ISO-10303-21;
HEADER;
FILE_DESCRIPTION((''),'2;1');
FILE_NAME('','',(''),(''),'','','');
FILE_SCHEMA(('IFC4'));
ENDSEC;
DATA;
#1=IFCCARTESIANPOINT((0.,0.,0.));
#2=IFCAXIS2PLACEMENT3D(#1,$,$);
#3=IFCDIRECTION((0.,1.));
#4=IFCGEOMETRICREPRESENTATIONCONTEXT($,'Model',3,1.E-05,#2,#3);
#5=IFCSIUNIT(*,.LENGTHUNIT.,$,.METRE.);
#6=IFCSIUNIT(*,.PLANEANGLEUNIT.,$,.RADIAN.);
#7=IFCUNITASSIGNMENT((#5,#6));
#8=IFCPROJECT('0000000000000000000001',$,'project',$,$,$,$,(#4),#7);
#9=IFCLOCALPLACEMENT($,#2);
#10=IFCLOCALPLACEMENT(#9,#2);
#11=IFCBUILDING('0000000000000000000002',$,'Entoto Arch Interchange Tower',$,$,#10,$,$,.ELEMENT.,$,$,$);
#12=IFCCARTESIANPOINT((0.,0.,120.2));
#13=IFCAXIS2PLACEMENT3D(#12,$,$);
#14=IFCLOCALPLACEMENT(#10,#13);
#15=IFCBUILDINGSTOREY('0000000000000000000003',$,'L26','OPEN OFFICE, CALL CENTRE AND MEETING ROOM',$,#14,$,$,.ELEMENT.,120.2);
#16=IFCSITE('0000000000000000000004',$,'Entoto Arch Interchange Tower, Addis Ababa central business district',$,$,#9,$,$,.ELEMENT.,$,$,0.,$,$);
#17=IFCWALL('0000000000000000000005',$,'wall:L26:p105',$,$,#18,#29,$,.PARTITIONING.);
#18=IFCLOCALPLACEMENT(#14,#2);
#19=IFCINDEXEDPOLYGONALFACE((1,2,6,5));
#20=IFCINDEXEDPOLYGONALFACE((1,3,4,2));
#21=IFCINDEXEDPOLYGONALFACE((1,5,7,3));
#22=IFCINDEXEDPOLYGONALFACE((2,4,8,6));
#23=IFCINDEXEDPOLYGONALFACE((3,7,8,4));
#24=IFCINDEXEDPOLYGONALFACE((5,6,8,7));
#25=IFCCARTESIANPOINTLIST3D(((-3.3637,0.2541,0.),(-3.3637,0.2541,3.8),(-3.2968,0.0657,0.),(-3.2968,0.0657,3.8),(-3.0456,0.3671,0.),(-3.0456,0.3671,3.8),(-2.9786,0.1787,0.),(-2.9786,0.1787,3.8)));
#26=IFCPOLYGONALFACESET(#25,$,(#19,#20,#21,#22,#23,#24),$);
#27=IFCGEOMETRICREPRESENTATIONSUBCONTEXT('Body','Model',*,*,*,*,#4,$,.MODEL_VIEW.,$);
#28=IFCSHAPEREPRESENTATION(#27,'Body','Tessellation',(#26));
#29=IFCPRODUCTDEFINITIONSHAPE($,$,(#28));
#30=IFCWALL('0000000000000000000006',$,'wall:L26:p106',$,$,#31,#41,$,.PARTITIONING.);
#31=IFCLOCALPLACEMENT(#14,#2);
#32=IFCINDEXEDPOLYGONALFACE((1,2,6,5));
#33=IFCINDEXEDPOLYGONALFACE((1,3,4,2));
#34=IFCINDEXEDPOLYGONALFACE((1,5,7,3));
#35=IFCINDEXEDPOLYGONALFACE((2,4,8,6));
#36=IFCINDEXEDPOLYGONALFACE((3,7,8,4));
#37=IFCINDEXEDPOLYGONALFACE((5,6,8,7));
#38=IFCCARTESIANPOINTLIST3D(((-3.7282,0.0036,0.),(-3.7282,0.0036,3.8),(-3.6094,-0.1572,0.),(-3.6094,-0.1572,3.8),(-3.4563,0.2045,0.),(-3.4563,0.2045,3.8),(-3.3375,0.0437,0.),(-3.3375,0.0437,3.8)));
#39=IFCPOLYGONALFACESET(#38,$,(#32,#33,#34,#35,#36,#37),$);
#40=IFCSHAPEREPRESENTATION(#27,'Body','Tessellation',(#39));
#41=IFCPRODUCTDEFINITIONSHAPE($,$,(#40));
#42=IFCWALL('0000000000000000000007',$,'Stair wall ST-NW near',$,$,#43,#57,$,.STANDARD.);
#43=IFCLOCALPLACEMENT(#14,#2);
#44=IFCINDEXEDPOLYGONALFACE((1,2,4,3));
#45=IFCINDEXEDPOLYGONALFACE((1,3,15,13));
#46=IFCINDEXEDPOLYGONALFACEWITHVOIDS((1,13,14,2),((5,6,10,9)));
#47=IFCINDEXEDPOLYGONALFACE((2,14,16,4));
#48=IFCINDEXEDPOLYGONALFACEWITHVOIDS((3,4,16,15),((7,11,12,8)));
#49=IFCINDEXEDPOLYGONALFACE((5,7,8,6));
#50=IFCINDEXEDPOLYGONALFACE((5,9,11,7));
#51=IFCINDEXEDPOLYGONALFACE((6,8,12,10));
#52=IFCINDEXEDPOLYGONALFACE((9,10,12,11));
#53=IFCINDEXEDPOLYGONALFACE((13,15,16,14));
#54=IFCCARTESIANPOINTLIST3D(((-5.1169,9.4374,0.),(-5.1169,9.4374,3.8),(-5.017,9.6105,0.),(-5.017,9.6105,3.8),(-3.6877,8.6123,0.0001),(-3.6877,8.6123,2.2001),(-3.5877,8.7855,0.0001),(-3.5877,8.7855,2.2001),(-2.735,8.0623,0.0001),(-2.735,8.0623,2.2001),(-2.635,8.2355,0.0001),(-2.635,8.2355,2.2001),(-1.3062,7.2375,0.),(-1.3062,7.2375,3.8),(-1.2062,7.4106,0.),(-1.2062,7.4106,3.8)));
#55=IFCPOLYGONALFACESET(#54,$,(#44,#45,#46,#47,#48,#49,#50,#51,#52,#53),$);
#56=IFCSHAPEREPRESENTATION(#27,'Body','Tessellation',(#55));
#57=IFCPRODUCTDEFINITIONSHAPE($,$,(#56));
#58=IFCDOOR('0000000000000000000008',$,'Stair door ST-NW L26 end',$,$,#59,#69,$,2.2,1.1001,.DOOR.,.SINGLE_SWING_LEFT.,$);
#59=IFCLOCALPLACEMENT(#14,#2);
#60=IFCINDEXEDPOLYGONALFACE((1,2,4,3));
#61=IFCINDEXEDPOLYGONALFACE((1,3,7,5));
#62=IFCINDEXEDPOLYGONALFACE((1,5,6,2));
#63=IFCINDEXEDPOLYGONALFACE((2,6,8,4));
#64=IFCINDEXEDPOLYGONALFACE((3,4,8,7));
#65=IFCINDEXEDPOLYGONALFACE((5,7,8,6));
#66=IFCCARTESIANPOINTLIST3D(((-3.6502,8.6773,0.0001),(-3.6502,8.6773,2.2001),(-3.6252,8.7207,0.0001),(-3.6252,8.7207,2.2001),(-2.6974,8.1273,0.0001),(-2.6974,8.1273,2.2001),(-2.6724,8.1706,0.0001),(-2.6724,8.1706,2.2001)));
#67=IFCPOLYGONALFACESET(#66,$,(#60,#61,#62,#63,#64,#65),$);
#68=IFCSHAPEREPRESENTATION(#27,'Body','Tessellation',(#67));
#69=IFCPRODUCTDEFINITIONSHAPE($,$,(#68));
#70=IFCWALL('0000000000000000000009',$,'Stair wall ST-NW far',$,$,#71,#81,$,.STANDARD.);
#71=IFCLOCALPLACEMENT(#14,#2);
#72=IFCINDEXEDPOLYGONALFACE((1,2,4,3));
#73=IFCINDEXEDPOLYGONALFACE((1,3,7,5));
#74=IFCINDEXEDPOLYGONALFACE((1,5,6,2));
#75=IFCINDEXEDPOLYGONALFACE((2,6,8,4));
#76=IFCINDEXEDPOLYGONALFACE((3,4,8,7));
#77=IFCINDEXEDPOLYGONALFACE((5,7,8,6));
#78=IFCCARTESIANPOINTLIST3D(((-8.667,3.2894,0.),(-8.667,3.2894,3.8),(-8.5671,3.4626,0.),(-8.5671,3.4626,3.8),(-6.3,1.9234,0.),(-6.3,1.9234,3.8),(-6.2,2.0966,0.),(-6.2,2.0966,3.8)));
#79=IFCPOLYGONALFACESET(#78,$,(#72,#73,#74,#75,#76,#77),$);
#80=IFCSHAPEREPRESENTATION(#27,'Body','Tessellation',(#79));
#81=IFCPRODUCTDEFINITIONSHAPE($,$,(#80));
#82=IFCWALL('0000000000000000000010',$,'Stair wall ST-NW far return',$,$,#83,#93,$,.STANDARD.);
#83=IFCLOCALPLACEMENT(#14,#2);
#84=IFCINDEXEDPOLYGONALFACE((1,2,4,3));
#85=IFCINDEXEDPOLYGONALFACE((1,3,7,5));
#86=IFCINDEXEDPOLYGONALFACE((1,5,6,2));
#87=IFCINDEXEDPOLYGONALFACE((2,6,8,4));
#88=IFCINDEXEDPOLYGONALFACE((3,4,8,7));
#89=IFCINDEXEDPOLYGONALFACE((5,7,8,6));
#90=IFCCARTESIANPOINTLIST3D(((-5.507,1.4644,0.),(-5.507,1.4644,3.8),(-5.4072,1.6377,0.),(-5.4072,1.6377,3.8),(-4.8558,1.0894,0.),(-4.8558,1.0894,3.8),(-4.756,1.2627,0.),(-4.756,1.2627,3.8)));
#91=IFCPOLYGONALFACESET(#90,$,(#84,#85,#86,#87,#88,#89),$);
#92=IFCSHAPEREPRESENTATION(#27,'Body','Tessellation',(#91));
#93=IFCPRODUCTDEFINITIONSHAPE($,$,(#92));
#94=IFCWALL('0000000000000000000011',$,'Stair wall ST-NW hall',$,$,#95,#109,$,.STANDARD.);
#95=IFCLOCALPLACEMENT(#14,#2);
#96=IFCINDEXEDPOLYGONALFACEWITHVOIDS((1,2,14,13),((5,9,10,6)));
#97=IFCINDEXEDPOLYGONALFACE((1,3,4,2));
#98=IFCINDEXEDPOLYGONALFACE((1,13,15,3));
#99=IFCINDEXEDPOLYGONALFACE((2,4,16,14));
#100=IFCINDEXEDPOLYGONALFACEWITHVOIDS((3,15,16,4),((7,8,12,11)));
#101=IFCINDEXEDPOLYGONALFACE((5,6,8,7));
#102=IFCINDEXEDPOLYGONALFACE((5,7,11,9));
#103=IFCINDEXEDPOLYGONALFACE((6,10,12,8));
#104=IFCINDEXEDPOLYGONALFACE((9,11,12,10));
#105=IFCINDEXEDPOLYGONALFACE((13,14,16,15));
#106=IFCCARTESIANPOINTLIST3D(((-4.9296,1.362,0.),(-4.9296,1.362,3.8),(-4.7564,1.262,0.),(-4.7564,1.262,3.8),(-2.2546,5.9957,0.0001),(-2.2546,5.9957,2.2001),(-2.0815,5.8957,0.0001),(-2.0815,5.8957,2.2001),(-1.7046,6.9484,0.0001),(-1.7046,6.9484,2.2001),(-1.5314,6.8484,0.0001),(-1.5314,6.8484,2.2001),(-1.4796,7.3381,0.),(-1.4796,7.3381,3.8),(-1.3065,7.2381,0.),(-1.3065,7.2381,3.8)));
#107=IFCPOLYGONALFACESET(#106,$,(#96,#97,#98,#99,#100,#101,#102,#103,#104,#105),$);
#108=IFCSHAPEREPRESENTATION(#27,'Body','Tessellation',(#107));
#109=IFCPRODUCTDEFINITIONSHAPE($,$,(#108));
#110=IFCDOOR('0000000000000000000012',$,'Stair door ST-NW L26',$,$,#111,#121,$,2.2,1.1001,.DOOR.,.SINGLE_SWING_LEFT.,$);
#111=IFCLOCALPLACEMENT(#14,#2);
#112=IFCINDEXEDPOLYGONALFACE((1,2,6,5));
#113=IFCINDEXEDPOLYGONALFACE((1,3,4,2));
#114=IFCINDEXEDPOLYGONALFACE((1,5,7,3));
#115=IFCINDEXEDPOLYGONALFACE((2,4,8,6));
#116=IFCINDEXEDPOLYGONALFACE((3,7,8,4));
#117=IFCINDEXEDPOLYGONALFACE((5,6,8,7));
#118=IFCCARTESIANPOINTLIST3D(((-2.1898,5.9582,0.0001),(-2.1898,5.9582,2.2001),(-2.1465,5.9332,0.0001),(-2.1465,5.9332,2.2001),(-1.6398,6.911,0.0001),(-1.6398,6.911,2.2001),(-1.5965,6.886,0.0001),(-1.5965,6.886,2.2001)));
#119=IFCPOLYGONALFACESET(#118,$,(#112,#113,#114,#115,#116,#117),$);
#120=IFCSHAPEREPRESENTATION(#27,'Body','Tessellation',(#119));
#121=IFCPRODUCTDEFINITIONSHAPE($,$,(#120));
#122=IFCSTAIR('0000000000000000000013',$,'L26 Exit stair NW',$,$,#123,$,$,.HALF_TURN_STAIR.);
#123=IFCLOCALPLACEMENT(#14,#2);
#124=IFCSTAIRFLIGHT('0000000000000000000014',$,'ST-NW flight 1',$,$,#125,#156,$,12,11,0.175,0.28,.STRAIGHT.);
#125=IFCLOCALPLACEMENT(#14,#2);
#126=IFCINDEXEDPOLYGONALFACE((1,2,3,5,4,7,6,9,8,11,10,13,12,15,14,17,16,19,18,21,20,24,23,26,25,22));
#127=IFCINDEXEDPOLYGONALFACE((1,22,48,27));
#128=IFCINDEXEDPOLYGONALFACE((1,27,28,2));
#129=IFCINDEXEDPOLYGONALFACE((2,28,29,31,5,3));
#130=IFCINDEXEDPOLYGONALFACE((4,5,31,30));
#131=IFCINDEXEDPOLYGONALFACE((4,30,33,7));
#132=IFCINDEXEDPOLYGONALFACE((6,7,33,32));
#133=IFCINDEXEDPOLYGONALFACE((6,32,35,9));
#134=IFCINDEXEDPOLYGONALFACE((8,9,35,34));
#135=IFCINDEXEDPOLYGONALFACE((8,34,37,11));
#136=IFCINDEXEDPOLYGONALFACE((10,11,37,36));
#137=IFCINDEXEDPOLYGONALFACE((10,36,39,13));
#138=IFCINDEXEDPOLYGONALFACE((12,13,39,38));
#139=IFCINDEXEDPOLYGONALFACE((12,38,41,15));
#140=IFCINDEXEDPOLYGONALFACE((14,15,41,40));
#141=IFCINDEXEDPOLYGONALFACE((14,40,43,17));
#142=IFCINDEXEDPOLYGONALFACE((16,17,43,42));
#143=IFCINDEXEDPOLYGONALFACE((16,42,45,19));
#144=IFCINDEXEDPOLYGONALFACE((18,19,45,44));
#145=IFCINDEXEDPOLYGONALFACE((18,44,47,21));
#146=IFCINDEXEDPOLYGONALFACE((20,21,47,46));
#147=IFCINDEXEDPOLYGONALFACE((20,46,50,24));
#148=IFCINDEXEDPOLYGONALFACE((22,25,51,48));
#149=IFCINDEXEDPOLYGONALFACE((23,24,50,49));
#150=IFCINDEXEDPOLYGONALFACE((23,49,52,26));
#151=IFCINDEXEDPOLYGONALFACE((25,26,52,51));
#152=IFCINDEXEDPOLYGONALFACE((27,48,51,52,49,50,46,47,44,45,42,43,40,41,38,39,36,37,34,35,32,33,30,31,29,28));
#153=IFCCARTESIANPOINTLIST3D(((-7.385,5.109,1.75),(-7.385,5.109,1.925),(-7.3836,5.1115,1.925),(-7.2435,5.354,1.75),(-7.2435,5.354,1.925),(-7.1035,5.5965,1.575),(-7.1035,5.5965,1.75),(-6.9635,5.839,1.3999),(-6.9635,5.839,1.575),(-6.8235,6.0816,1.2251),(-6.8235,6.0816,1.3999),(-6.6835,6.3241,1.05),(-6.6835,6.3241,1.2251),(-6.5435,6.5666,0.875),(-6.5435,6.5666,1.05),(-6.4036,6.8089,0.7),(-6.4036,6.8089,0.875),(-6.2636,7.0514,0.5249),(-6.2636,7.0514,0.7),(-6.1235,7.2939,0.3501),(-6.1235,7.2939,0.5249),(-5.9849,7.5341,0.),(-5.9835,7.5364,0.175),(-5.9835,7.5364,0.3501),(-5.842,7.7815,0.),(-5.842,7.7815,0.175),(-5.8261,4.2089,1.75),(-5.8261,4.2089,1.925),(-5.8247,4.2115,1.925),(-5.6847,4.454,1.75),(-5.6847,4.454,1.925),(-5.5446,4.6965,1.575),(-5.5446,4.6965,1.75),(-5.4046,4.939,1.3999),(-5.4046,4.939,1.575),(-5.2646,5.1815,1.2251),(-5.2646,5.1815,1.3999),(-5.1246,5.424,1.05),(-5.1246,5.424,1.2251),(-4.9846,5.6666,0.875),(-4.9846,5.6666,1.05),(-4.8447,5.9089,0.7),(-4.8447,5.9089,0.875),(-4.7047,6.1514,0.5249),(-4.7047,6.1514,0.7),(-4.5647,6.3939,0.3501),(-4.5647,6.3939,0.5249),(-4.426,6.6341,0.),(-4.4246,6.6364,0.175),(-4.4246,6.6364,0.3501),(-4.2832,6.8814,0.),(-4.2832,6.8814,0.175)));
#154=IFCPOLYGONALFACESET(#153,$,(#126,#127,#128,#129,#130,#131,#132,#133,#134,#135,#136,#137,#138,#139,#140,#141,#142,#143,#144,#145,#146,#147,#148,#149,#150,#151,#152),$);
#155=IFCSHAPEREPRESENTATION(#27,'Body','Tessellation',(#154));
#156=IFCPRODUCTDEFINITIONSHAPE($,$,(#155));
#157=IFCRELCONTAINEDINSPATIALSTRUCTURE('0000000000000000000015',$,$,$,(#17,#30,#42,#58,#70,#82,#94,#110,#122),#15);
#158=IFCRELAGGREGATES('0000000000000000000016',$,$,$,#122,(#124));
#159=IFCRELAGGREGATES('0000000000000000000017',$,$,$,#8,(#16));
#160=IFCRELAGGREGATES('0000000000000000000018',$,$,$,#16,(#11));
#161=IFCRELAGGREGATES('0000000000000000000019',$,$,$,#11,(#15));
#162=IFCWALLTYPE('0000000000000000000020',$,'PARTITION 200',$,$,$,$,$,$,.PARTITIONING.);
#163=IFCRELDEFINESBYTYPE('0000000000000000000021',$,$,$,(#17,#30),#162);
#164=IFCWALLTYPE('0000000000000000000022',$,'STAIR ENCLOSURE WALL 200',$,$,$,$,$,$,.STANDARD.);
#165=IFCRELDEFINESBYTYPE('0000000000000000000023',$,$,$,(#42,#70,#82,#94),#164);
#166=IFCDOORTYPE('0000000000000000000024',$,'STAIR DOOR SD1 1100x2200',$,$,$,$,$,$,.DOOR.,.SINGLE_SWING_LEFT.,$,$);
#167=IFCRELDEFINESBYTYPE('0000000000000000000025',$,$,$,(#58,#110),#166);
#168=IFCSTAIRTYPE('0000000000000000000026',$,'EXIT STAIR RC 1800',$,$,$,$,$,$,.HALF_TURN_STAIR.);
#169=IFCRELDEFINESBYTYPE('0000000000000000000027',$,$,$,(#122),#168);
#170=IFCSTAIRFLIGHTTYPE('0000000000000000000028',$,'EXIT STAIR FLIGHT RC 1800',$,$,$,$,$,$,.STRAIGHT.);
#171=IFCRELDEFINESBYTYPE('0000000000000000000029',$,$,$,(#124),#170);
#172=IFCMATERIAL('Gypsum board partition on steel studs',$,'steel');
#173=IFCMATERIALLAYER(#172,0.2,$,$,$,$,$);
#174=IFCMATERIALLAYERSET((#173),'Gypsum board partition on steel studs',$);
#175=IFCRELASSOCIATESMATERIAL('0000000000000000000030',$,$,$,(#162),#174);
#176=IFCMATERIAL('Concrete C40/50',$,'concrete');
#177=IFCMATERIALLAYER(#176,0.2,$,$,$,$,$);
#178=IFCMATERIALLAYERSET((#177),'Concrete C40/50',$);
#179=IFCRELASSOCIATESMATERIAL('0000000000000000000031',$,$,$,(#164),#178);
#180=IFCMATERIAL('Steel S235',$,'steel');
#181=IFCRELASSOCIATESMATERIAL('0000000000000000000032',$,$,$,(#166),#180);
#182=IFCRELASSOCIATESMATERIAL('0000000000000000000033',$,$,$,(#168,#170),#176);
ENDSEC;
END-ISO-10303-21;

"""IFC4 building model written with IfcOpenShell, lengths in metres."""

from ifc_helpers import new_model, si_unit, direction, frame, frame_2d, origin, place, context, subcontext, project, spatial, polyline, rectangle, outline, extrude, material, layer, layer_set, type_object, element, fill, aggregate, save


model = new_model("IFC4")

# Units and contexts
model_context = context("Model", 3, precision=1e-05, world=origin(), true_north=direction((0.0, 1.0)))
body_context = subcontext(model_context, "Body", "Model", "MODEL_VIEW")
ifc_project = project(units=[si_unit("LENGTHUNIT", "METRE"), si_unit("PLANEANGLEUNIT", "RADIAN")], contexts=[model_context])

# Site, building, storey
site_placement = place(None, origin())
site = spatial("IfcSite", under=ifc_project, at=site_placement, Name="Entoto Arch Interchange Tower, Addis Ababa central business district", CompositionType="ELEMENT", RefElevation=0.0)
building_placement = place(site_placement, origin())
building = spatial("IfcBuilding", under=site, at=building_placement, Name="Entoto Arch Interchange Tower", CompositionType="ELEMENT")
storey_placement = place(building_placement, frame((0.0, 0.0, 120.2)))
storey = spatial("IfcBuildingStorey", under=building, at=storey_placement, Name="L26", Description="OPEN OFFICE, CALL CENTRE AND MEETING ROOM", CompositionType="ELEMENT", Elevation=120.2)

# Shared definitions
ifc_material_1 = material(Name="Concrete C40/50", Category="concrete")

# Shared definitions
ifc_material_2 = material(Name="Gypsum board partition on steel studs", Category="steel")
ifc_layer_1 = layer(ifc_material_2, 0.2)
ifc_layer_set_1 = layer_set([ifc_layer_1], Name="Gypsum board partition on steel studs")
wall_type_1 = type_object("IfcWallType", Name="PARTITION 200", PredefinedType="PARTITIONING", material=ifc_layer_set_1)

# Walls
wall_1_placement = place(storey_placement, frame((-3.012, 0.2729, 0.0), z_axis=(0.0, 0.0, 1.0), x_axis=(-0.942281, -0.334824, 0.0)))
element("IfcWall", 1, at=wall_1_placement, inside=storey, type_object=wall_type_1, Name="wall:L26:p105", PredefinedType="PARTITIONING", context=body_context, shape_type="SweptSolid", body=[
    extrude(rectangle(XDim=0.3376, YDim=0.2, at=frame_2d((0.1689, 0.0))), origin(), (0.0, 0.0, 1.0), 3.8),
])
wall_2_placement = place(storey_placement, frame((-3.397, 0.124, 0.0), z_axis=(0.0, 0.0, 1.0), x_axis=(-0.804311, -0.594208, 0.0)))
element("IfcWall", 2, at=wall_2_placement, inside=storey, type_object=wall_type_1, Name="wall:L26:p106", PredefinedType="PARTITIONING", context=body_context, shape_type="SweptSolid", body=[
    extrude(rectangle(XDim=0.3381, YDim=0.2, at=frame_2d((0.1689, 0.0))), origin(), (0.0, 0.0, 1.0), 3.8),
])

# Wall, opening, door
ifc_layer_2 = layer(ifc_material_1, 0.2)
ifc_layer_set_2 = layer_set([ifc_layer_2], Name="Concrete C40/50")
wall_type_2 = type_object("IfcWallType", Name="STAIR ENCLOSURE WALL 200", PredefinedType="STANDARD", material=ifc_layer_set_2)
wall_3_placement = place(storey_placement, frame((-1.2561, 7.324, 0.0), z_axis=(0.0, 0.0, 1.0), x_axis=(-0.866046, 0.499964, 0.0)))
wall_3 = element("IfcWall", 3, at=wall_3_placement, inside=storey, type_object=wall_type_2, Name="Stair wall ST-NW near", PredefinedType="STANDARD", context=body_context, shape_type="SweptSolid", body=[
    extrude(rectangle(XDim=4.4001, YDim=0.2, at=frame_2d((2.2002, 0.0))), origin(), (0.0, 0.0, 1.0), 3.8),
])
opening_1_placement = place(wall_3_placement, frame((1.6499, 0.0, 0.0)))
opening_1 = element("IfcOpeningElement", 4, at=opening_1_placement, cuts=wall_3, PredefinedType="OPENING", context=body_context, shape_type="SweptSolid", body=[
    extrude(rectangle(XDim=1.1001, YDim=2.2, at=frame_2d((0.55, 1.1001))), frame((0.0, 0.1099, 0.0), z_axis=(0.0, -1.0, 0.0), x_axis=(1.0, 0.0, 0.0)), (0.0, 0.0, 1.0), 0.22),
])
ifc_material_3 = material(Name="Steel S235", Category="steel")
door_type_1 = type_object("IfcDoorType", Name="STAIR DOOR SD1 1100x2200", OperationType="SINGLE_SWING_LEFT", PredefinedType="DOOR", material=ifc_material_3)
door_1_placement = place(opening_1_placement, origin())
door_1 = element("IfcDoor", 5, at=door_1_placement, inside=storey, type_object=door_type_1, Name="Stair door ST-NW L26 end", OperationType="SINGLE_SWING_LEFT", OverallHeight=2.2, OverallWidth=1.1001, PredefinedType="DOOR", context=body_context, shape_type="SweptSolid", body=[
    extrude(rectangle(XDim=1.1001, YDim=2.2, at=frame_2d((0.55, 1.1001))), frame((0.0, 0.0249, 0.0), z_axis=(0.0, -1.0, 0.0), x_axis=(1.0, 0.0, 0.0)), (0.0, 0.0, 1.0), 0.05),
])
fill(opening_1, door_1)

# Walls
wall_4_placement = place(storey_placement, frame((-6.25, 2.01, 0.0), z_axis=(0.0, 0.0, 1.0), x_axis=(-0.866119, 0.499838, 0.0)))
element("IfcWall", 6, at=wall_4_placement, inside=storey, type_object=wall_type_2, Name="Stair wall ST-NW far", PredefinedType="STANDARD", context=body_context, shape_type="SweptSolid", body=[
    extrude(rectangle(XDim=2.7329, YDim=0.2, at=frame_2d((1.3665, 0.0))), origin(), (0.0, 0.0, 1.0), 3.8),
])
wall_5_placement = place(storey_placement, frame((-4.8059, 1.176, 0.0), z_axis=(0.0, 0.0, 1.0), x_axis=(-0.866559, 0.499075, 0.0)))
element("IfcWall", 7, at=wall_5_placement, inside=storey, type_object=wall_type_2, Name="Stair wall ST-NW far return", PredefinedType="STANDARD", context=body_context, shape_type="SweptSolid", body=[
    extrude(rectangle(XDim=0.7515, YDim=0.2, at=frame_2d((0.3757, 0.0))), origin(), (0.0, 0.0, 1.0), 3.8),
])

# Wall, opening, door
wall_6_placement = place(storey_placement, frame((-1.3931, 7.2881, 0.0), z_axis=(0.0, 0.0, 1.0), x_axis=(-0.499963, -0.866047, 0.0)))
wall_6 = element("IfcWall", 8, at=wall_6_placement, inside=storey, type_object=wall_type_2, Name="Stair wall ST-NW hall", PredefinedType="STANDARD", context=body_context, shape_type="SweptSolid", body=[
    extrude(rectangle(XDim=6.9004, YDim=0.2, at=frame_2d((3.4502, 0.0))), origin(), (0.0, 0.0, 1.0), 3.8),
])
opening_2_placement = place(wall_6_placement, frame((0.45, 0.0, 0.0)))
opening_2 = element("IfcOpeningElement", 9, at=opening_2_placement, cuts=wall_6, PredefinedType="OPENING", context=body_context, shape_type="SweptSolid", body=[
    extrude(rectangle(XDim=1.1001, YDim=2.2, at=frame_2d((0.55, 1.1001))), frame((0.0, 0.1099, 0.0), z_axis=(0.0, -1.0, 0.0), x_axis=(1.0, 0.0, 0.0)), (0.0, 0.0, 1.0), 0.22),
])
door_2_placement = place(opening_2_placement, origin())
door_2 = element("IfcDoor", 10, at=door_2_placement, inside=storey, type_object=door_type_1, Name="Stair door ST-NW L26", OperationType="SINGLE_SWING_LEFT", OverallHeight=2.2, OverallWidth=1.1001, PredefinedType="DOOR", context=body_context, shape_type="SweptSolid", body=[
    extrude(rectangle(XDim=1.1001, YDim=2.2, at=frame_2d((0.55, 1.1001))), frame((0.0, 0.0249, 0.0), z_axis=(0.0, -1.0, 0.0), x_axis=(1.0, 0.0, 0.0)), (0.0, 0.0, 1.0), 0.05),
])
fill(opening_2, door_2)

# Stair, stair flight
stair_type = type_object("IfcStairType", Name="EXIT STAIR RC 1800", PredefinedType="HALF_TURN_STAIR", material=ifc_material_1)
stair_placement = place(storey_placement, origin())
stair = element("IfcStair", 11, at=stair_placement, inside=storey, type_object=stair_type, Name="L26 Exit stair NW", PredefinedType="HALF_TURN_STAIR")
stair_flight_type = type_object("IfcStairFlightType", Name="EXIT STAIR FLIGHT RC 1800", PredefinedType="STRAIGHT", material=ifc_material_1)
stair_flight_1_placement = place(storey_placement, frame((-5.064, 7.3289, 0.0), z_axis=(0.0, 0.0, 1.0), x_axis=(-0.5, -0.866025, 0.0)))
stair_flight_1 = element("IfcStairFlight", 12, at=stair_flight_1_placement, type_object=stair_flight_type, Name="ST-NW flight 1", NumberOfRisers=12, NumberOfTreads=11, PredefinedType="STRAIGHT", RiserHeight=0.175, TreadLength=0.28, context=body_context, shape_type="SweptSolid", body=[
    extrude(outline(polyline([(-0.0029, 0.0), (-0.0029, 0.175), (0.28, 0.175), (0.28, 0.3501), (0.5601, 0.3501), (0.5601, 0.5249), (0.8401, 0.5249), (0.8401, 0.7), (1.1201, 0.7), (1.1201, 0.875), (1.3999, 0.875), (1.3999, 1.05), (1.6799, 1.05), (1.6799, 1.2251), (1.96, 1.2251), (1.96, 1.3999), (2.24, 1.3999), (2.24, 1.575), (2.52, 1.575), (2.52, 1.75), (2.8, 1.75), (2.8, 1.925), (3.0801, 1.925), (3.083, 1.925), (3.083, 1.75), (0.2827, 0.0), (-0.0029, 0.0)])), frame((0.0, 0.8999, 0.0), z_axis=(0.0, -1.0, 0.0), x_axis=(1.0, 0.0, 0.0)), (0.0, 0.0, 1.0), 1.8),
])
aggregate(stair, [stair_flight_1])

save(model, "model.ifc")
